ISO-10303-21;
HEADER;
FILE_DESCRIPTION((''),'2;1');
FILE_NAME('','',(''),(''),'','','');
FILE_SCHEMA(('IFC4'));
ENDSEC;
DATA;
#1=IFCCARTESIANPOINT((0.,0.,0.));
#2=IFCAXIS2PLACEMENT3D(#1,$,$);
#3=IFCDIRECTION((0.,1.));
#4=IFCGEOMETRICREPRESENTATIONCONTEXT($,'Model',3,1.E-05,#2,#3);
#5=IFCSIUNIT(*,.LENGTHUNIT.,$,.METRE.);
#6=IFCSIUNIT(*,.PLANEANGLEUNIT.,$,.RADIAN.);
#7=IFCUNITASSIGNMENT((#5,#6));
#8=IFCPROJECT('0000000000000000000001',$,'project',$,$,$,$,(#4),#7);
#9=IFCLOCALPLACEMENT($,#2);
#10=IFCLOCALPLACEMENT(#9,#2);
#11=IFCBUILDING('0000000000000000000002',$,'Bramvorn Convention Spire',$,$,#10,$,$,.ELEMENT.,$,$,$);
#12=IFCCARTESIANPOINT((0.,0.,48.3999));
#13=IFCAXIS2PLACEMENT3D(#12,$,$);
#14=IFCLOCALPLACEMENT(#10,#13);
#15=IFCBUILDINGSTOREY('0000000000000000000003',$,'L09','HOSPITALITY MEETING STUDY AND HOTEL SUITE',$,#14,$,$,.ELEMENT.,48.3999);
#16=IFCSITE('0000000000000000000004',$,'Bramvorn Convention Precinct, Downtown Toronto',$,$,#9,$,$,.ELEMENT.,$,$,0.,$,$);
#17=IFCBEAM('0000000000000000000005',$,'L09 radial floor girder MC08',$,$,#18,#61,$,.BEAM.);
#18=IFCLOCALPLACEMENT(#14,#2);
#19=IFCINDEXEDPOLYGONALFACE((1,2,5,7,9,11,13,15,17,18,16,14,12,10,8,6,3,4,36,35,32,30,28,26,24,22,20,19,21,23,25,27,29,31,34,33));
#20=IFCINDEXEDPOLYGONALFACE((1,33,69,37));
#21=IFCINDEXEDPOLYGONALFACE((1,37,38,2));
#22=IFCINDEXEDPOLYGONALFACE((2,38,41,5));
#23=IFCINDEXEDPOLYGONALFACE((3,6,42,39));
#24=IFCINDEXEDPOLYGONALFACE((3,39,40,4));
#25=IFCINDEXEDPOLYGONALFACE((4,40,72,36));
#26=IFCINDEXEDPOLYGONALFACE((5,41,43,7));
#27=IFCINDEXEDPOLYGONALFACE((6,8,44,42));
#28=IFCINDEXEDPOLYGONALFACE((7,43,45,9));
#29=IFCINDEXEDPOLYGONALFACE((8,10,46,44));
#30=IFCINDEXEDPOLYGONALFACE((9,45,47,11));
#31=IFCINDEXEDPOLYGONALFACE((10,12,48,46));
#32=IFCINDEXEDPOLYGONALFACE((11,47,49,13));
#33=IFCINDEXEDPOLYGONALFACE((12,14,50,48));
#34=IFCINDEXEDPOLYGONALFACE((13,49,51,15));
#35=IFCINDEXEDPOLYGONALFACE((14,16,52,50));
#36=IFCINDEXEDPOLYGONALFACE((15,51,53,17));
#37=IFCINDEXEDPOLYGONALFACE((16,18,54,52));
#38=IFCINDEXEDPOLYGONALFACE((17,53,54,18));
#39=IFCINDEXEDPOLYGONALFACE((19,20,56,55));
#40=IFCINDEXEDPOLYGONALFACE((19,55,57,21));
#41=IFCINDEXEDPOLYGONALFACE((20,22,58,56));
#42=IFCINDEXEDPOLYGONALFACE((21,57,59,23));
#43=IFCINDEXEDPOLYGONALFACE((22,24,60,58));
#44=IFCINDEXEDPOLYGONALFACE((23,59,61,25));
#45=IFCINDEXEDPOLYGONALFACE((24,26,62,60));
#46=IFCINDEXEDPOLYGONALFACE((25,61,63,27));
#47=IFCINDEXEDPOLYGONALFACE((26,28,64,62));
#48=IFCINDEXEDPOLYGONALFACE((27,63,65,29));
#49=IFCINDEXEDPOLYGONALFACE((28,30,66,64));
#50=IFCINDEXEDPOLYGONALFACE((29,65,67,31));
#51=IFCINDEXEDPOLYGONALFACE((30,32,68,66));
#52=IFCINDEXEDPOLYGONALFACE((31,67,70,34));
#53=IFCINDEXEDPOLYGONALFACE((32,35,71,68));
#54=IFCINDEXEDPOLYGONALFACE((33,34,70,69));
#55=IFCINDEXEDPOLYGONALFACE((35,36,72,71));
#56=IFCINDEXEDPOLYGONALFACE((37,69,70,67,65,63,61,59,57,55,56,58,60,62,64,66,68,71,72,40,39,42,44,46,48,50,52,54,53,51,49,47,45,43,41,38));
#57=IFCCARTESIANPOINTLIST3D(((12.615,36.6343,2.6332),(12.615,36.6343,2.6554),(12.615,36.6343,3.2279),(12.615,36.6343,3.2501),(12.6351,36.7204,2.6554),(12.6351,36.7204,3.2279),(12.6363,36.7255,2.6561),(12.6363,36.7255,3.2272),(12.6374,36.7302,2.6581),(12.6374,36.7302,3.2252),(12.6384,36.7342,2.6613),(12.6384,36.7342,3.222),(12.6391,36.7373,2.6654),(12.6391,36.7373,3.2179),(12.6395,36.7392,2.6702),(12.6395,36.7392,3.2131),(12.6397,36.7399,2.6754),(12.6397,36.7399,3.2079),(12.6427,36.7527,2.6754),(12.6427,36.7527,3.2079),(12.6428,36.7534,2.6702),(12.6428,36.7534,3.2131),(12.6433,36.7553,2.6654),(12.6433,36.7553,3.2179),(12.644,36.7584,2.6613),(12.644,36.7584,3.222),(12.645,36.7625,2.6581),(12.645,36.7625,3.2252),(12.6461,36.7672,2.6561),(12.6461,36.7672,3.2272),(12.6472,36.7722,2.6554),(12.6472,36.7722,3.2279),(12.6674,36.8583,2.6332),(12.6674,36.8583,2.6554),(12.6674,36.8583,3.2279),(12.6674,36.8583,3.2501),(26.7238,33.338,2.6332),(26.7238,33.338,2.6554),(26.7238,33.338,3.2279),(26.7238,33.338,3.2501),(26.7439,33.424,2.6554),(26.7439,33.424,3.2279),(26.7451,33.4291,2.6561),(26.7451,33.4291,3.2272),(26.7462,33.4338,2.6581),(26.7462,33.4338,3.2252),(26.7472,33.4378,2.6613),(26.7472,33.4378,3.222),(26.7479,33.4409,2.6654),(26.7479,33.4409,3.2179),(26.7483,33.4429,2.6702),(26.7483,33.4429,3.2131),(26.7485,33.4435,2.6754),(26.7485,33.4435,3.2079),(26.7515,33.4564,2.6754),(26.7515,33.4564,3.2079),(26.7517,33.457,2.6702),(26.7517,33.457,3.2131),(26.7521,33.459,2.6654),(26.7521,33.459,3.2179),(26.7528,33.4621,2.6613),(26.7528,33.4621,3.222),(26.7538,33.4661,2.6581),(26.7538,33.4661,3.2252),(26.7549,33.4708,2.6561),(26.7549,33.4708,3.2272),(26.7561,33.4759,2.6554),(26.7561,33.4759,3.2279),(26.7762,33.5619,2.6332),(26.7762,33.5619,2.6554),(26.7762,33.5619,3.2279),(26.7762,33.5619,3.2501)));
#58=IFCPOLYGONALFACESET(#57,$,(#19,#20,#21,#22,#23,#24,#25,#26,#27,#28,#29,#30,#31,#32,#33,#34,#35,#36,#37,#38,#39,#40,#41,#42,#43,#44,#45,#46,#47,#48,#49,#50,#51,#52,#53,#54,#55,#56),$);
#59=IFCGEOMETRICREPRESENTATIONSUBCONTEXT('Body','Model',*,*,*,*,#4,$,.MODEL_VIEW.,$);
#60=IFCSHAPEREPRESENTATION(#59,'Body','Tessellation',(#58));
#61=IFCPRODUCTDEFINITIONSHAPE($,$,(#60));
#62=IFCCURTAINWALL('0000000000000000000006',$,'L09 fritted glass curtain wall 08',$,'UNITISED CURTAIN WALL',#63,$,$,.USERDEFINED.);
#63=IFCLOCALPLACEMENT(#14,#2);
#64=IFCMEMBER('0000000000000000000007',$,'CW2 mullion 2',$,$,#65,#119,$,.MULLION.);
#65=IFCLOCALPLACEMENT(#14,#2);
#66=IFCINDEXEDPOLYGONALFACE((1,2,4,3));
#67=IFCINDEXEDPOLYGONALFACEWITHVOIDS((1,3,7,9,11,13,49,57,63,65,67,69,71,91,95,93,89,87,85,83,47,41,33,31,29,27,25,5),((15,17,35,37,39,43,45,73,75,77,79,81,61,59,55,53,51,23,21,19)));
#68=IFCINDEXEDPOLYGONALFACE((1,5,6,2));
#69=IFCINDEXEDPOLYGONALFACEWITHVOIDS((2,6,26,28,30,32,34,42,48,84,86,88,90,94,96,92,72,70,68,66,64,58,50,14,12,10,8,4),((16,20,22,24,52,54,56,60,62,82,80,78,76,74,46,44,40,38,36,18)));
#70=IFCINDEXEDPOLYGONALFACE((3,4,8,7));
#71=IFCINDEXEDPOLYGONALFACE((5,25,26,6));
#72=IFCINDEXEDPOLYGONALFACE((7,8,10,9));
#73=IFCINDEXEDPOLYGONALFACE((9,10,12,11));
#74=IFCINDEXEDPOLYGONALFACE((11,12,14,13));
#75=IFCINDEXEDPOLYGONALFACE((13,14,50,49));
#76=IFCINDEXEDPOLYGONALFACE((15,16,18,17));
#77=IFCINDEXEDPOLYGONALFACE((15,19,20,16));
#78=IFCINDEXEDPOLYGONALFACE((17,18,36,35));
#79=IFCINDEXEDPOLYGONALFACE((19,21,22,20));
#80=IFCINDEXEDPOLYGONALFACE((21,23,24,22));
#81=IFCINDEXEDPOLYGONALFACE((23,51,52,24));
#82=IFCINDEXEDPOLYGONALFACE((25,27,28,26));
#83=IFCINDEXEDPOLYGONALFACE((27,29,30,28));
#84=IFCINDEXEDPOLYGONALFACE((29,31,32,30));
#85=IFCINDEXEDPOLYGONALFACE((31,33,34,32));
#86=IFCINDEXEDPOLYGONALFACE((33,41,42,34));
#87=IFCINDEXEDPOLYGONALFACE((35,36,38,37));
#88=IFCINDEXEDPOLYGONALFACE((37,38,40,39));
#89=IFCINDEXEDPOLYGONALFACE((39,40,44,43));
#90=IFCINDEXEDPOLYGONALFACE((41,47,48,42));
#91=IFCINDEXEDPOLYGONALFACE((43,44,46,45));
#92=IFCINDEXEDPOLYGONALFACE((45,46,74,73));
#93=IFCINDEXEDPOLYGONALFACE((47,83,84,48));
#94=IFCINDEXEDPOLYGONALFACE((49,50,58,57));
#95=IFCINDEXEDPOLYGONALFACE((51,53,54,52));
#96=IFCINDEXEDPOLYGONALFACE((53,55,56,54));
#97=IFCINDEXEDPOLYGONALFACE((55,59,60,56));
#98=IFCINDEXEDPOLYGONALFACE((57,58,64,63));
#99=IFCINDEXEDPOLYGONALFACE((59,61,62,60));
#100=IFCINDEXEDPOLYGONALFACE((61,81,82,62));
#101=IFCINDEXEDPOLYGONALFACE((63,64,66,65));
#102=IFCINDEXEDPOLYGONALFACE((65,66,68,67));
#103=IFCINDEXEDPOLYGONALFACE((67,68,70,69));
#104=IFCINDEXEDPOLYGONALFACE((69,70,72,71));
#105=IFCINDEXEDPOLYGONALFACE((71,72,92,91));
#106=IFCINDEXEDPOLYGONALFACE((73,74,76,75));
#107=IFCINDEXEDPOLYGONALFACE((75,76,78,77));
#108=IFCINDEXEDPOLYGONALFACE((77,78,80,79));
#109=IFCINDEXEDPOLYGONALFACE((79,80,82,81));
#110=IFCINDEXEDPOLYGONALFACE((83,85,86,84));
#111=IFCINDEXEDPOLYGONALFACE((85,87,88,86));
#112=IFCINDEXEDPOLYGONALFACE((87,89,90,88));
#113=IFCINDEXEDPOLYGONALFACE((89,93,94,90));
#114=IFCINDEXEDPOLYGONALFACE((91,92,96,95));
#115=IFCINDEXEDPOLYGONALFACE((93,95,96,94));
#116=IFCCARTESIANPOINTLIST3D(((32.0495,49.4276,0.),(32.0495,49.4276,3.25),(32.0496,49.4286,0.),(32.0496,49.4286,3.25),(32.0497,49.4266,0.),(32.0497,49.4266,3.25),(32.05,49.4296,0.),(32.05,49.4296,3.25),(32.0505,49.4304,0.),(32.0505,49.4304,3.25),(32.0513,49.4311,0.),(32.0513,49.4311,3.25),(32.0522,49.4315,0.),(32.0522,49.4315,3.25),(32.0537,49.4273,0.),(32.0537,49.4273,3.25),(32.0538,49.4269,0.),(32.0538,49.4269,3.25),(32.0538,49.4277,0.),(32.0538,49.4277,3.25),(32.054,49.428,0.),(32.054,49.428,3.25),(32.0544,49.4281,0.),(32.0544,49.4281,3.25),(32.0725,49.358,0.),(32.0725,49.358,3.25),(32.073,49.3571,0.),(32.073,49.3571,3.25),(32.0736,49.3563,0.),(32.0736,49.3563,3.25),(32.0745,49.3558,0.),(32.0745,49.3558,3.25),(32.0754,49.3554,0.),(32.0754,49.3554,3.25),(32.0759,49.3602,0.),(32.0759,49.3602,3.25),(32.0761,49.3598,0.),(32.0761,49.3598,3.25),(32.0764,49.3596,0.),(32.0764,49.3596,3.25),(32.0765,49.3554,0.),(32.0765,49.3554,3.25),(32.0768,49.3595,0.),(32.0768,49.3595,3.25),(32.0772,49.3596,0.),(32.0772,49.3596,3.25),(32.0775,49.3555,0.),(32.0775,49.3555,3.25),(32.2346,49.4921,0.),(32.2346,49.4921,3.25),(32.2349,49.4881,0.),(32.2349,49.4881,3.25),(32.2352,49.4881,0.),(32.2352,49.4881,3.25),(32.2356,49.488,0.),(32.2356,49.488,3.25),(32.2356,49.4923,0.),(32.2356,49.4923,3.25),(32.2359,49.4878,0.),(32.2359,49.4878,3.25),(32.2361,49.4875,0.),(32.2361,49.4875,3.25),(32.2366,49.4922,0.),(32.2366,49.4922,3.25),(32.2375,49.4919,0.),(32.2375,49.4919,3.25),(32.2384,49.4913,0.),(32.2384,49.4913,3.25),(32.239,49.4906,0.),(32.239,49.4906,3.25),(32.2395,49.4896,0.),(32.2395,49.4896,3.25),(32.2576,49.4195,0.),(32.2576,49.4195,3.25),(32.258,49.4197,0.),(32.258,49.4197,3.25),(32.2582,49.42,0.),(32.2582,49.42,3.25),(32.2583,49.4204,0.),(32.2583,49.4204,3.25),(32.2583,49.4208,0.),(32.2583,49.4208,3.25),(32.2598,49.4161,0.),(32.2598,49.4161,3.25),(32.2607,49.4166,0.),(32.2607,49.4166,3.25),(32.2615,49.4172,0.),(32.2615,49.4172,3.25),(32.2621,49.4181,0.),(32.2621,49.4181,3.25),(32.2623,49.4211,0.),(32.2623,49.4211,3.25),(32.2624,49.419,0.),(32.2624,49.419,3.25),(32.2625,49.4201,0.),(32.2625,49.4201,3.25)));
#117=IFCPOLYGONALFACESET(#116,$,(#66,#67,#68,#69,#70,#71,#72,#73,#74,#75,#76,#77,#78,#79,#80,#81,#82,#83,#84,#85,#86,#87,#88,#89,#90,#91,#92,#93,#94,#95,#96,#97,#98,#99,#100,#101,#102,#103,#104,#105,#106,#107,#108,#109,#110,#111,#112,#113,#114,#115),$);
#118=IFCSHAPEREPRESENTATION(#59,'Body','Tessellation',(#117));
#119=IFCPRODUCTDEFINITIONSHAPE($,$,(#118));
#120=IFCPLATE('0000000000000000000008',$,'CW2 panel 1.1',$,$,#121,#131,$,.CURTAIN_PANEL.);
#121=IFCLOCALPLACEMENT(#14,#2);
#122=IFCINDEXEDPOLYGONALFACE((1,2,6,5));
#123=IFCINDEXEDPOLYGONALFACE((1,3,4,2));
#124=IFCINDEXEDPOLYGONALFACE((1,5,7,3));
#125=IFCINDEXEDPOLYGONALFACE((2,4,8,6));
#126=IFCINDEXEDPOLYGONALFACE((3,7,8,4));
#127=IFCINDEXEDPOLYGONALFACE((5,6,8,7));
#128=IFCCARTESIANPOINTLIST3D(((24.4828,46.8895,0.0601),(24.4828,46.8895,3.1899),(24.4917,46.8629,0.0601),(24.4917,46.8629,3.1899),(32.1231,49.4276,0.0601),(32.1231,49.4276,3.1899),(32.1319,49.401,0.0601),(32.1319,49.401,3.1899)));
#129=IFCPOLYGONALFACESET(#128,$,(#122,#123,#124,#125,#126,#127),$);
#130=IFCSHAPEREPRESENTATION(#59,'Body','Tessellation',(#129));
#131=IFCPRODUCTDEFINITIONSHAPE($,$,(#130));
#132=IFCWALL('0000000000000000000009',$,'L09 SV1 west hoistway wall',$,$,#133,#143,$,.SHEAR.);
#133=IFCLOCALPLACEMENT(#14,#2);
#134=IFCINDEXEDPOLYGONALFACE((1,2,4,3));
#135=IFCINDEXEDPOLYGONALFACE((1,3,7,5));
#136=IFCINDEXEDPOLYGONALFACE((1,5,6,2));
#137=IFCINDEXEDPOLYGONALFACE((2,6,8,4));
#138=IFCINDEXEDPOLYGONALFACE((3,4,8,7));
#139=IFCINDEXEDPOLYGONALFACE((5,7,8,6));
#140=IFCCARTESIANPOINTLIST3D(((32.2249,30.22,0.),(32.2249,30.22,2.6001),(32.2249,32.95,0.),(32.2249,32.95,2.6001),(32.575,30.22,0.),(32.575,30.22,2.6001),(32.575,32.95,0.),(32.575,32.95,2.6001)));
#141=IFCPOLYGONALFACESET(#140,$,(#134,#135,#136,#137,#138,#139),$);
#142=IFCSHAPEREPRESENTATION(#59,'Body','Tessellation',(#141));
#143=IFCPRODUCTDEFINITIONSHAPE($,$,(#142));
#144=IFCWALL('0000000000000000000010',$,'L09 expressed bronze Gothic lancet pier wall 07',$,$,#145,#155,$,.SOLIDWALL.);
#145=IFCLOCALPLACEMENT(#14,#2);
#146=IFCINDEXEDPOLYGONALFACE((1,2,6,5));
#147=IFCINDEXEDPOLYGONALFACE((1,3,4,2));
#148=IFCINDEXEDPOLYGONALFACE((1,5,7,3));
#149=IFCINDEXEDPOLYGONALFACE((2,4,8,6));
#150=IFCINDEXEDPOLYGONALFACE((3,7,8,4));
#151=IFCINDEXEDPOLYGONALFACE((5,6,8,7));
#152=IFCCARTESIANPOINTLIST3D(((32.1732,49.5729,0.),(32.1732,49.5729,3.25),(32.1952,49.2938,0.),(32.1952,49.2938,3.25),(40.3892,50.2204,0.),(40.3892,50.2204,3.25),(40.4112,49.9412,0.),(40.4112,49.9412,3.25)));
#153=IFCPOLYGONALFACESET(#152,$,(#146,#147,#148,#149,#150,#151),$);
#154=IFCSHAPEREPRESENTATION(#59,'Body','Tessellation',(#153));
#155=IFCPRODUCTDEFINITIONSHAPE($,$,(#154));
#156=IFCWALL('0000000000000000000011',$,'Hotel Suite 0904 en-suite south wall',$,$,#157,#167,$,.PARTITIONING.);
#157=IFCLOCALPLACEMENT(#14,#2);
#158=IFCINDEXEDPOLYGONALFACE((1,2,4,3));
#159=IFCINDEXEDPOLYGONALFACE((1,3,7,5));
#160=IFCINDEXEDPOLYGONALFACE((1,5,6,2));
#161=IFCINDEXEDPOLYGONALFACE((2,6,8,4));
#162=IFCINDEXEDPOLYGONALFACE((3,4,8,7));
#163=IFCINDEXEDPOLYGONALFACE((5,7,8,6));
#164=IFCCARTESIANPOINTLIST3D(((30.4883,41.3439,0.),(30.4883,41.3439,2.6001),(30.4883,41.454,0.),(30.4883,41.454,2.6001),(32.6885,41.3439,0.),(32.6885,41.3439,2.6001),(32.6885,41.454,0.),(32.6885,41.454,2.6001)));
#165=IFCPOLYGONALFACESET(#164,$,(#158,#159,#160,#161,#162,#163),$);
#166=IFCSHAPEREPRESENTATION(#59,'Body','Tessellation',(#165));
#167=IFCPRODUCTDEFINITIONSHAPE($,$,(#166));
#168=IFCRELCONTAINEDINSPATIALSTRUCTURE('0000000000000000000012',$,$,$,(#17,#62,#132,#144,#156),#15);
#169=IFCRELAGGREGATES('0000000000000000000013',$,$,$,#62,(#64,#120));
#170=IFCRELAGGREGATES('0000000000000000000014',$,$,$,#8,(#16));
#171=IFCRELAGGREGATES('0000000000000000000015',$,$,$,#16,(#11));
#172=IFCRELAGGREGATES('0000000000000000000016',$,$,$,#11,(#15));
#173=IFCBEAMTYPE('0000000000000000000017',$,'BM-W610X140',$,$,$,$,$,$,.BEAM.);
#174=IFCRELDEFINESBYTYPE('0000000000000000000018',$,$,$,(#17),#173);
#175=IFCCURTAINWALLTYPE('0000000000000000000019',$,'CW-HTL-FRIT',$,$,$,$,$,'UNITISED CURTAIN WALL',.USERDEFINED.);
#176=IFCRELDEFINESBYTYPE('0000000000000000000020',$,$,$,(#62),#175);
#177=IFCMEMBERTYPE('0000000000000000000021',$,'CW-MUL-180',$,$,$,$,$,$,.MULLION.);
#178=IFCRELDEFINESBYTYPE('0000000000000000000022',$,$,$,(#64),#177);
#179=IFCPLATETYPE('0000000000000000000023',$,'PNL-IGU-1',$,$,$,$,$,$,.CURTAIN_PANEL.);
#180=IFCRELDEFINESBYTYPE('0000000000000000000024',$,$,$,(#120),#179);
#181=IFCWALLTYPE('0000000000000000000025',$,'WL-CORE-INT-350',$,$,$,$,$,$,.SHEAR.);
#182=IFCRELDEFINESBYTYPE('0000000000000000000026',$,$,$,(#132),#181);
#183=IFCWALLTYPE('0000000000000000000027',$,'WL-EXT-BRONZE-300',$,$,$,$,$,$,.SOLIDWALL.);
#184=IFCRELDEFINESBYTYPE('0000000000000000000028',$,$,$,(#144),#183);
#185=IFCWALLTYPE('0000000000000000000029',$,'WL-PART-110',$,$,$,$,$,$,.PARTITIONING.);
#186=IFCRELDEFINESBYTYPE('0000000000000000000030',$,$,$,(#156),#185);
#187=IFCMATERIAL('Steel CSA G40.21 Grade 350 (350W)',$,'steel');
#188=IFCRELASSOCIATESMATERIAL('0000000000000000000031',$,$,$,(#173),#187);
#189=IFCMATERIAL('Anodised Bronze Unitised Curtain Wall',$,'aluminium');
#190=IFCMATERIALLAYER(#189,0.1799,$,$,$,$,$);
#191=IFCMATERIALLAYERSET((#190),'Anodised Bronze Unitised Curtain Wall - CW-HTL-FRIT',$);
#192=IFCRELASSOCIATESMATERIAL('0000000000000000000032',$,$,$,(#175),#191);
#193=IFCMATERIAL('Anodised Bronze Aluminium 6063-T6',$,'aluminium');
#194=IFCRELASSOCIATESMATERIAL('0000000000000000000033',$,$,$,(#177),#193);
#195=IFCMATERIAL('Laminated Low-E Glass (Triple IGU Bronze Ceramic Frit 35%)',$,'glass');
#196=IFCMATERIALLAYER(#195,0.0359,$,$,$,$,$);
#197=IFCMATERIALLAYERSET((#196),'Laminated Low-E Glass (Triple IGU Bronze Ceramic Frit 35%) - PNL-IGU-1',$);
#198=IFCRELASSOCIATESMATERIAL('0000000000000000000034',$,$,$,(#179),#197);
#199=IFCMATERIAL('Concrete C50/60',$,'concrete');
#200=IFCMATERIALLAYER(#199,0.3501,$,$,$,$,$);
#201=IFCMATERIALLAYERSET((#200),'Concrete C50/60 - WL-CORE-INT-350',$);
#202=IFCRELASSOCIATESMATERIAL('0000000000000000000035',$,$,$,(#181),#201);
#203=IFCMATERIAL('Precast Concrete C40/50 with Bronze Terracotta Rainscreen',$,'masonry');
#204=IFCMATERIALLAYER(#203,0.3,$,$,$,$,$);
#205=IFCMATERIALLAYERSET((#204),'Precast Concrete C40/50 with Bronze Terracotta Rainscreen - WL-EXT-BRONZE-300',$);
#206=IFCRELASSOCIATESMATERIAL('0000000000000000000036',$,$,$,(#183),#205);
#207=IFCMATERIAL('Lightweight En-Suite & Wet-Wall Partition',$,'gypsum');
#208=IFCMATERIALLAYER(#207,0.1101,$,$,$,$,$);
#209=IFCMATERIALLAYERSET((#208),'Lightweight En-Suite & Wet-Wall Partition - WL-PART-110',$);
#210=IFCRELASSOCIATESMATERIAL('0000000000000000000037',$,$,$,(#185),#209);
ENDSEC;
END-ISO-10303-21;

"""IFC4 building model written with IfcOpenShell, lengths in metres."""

from ifc_helpers import new_model, si_unit, direction, frame, frame_2d, origin, origin_2d, place, context, subcontext, project, spatial, rectangle, hollow_rectangle, i_section, extrude, material, layer, layer_set, material_profile, profile_set, type_object, element, aggregate, save


model = new_model("IFC4")

# Units and contexts
model_context = context("Model", 3, precision=1e-05, world=origin(), true_north=direction((0.0, 1.0)))
body_context = subcontext(model_context, "Body", "Model", "MODEL_VIEW")
ifc_project = project(units=[si_unit("LENGTHUNIT", "METRE"), si_unit("PLANEANGLEUNIT", "RADIAN")], contexts=[model_context])

# Site, building, storey
site_placement = place(None, origin())
site = spatial("IfcSite", under=ifc_project, at=site_placement, Name="Bramvorn Convention Precinct, Downtown Toronto", CompositionType="ELEMENT", RefElevation=0.0)
building_placement = place(site_placement, origin())
building = spatial("IfcBuilding", under=site, at=building_placement, Name="Bramvorn Convention Spire", CompositionType="ELEMENT")
storey_placement = place(building_placement, frame((0.0, 0.0, 48.3999)))
storey = spatial("IfcBuildingStorey", under=building, at=storey_placement, Name="L09", Description="HOSPITALITY MEETING STUDY AND HOTEL SUITE", CompositionType="ELEMENT", Elevation=48.3999)

# Shared definitions
ifc_material_1 = material(Name="Steel CSA G40.21 Grade 350 (350W)", Category="steel")

# Beam
ifc_material_profile_1 = material_profile(ifc_material_1, i_section(OverallWidth=0.23, OverallDepth=0.6169, WebThickness=0.0132, FlangeThickness=0.0222, FilletRadius=0.02, at=origin_2d()))
ifc_profile_set_1 = profile_set([ifc_material_profile_1], Name="Steel CSA G40.21 Grade 350 (350W) - W610X140")
beam_type_1 = type_object("IfcBeamType", Name="BM-W610X140", PredefinedType="BEAM", material=ifc_profile_set_1)
beam_1_placement = place(storey_placement, frame((26.75, 33.45, 2.9417), z_axis=(-0.973775, 0.227512, 0.0), x_axis=(-0.227512, -0.973775, 0.0)))
element("IfcBeam", 1, at=beam_1_placement, inside=storey, type_object=beam_type_1, Name="L09 radial floor girder MC08", PredefinedType="BEAM", context=body_context, shape_type="SweptSolid", body=[
    extrude(i_section(OverallWidth=0.23, OverallDepth=0.6169, WebThickness=0.0132, FlangeThickness=0.0222, FilletRadius=0.02, at=origin_2d()), origin(), (0.0, 0.0, 1.0), 14.4888),
])

# Curtain wall, member, plate
ifc_material_2 = material(Name="Anodised Bronze Unitised Curtain Wall", Category="aluminium")
ifc_layer_1 = layer(ifc_material_2, 0.1799)
ifc_layer_set_1 = layer_set([ifc_layer_1], Name="Anodised Bronze Unitised Curtain Wall - CW-HTL-FRIT")
curtain_wall_type = type_object("IfcCurtainWallType", Name="CW-HTL-FRIT", ElementType="UNITISED CURTAIN WALL", PredefinedType="USERDEFINED", material=ifc_layer_set_1)
curtain_wall_placement = place(storey_placement, origin())
curtain_wall = element("IfcCurtainWall", 2, at=curtain_wall_placement, inside=storey, type_object=curtain_wall_type, Name="L09 fritted glass curtain wall 08", ObjectType="UNITISED CURTAIN WALL", PredefinedType="USERDEFINED")
ifc_material_3 = material(Name="Anodised Bronze Aluminium 6063-T6", Category="aluminium")
ifc_material_profile_2 = material_profile(ifc_material_3, hollow_rectangle(XDim=0.0801, YDim=0.2, WallThickness=0.0039, InnerFilletRadius=0.001, OuterFilletRadius=0.0039, at=origin_2d()))
ifc_profile_set_2 = profile_set([ifc_material_profile_2], Name="Anodised Bronze Aluminium 6063-T6 - CWM80X200")
member_type = type_object("IfcMemberType", Name="CW-MUL-180", PredefinedType="MULLION", material=ifc_profile_set_2)
member_placement = place(storey_placement, frame((32.156, 49.4238, 0.0), z_axis=(0.0, 0.0, 1.0), x_axis=(-0.315258, 0.949006, 0.0)))
member = element("IfcMember", 3, at=member_placement, type_object=member_type, Name="CW2 mullion 2", PredefinedType="MULLION", context=body_context, shape_type="SweptSolid", body=[
    extrude(hollow_rectangle(XDim=0.0801, YDim=0.2, WallThickness=0.0039, InnerFilletRadius=0.001, OuterFilletRadius=0.0039, at=origin_2d()), origin(), (0.0, 0.0, 1.0), 3.25),
])
ifc_material_4 = material(Name="Laminated Low-E Glass (Triple IGU Bronze Ceramic Frit 35%)", Category="glass")
ifc_layer_2 = layer(ifc_material_4, 0.0359)
ifc_layer_set_2 = layer_set([ifc_layer_2], Name="Laminated Low-E Glass (Triple IGU Bronze Ceramic Frit 35%) - PNL-IGU-1")
plate_type = type_object("IfcPlateType", Name="PNL-IGU-1", PredefinedType="CURTAIN_PANEL", material=ifc_layer_set_2)
plate_placement = place(storey_placement, frame((28.3074, 48.1453, 0.0601), z_axis=(0.0, 0.0, 1.0), x_axis=(0.949006, 0.315258, 0.0)))
plate = element("IfcPlate", 4, at=plate_placement, type_object=plate_type, Name="CW2 panel 1.1", PredefinedType="CURTAIN_PANEL", context=body_context, shape_type="SweptSolid", body=[
    extrude(rectangle(XDim=8.0508, YDim=0.0281, at=origin_2d()), origin(), (0.0, 0.0, 1.0), 3.1299),
])
aggregate(curtain_wall, [member, plate])

# Shared definitions
ifc_material_5 = material(Name="Concrete C50/60", Category="concrete")
ifc_layer_3 = layer(ifc_material_5, 0.3501)
ifc_layer_set_3 = layer_set([ifc_layer_3], Name="Concrete C50/60 - WL-CORE-INT-350")
wall_type_1 = type_object("IfcWallType", Name="WL-CORE-INT-350", PredefinedType="SHEAR", material=ifc_layer_set_3)

# Walls
wall_1_placement = place(storey_placement, frame((32.3999, 30.22, 0.0), z_axis=(0.0, 0.0, 1.0), x_axis=(0.0, 1.0, 0.0)))
element("IfcWall", 5, at=wall_1_placement, inside=storey, type_object=wall_type_1, Name="L09 SV1 west hoistway wall", PredefinedType="SHEAR", context=body_context, shape_type="SweptSolid", body=[
    extrude(rectangle(XDim=2.73, YDim=0.3501, at=frame_2d((1.365, 0.0))), origin(), (0.0, 0.0, 1.0), 2.6001),
])
ifc_material_6 = material(Name="Precast Concrete C40/50 with Bronze Terracotta Rainscreen", Category="masonry")
ifc_layer_4 = layer(ifc_material_6, 0.3)
ifc_layer_set_4 = layer_set([ifc_layer_4], Name="Precast Concrete C40/50 with Bronze Terracotta Rainscreen - WL-EXT-BRONZE-300")
wall_type_2 = type_object("IfcWallType", Name="WL-EXT-BRONZE-300", PredefinedType="SOLIDWALL", material=ifc_layer_set_4)
wall_2_placement = place(storey_placement, frame((32.1843, 49.4333, 0.0), z_axis=(0.0, 0.0, 1.0), x_axis=(0.996909, 0.078561, 0.0)))
element("IfcWall", 6, at=wall_2_placement, inside=storey, type_object=wall_type_2, Name="L09 expressed bronze Gothic lancet pier wall 07", PredefinedType="SOLIDWALL", context=body_context, shape_type="SweptSolid", body=[
    extrude(rectangle(XDim=8.2415, YDim=0.28, at=frame_2d((4.1206, 0.0))), origin(), (0.0, 0.0, 1.0), 3.25),
])
ifc_material_7 = material(Name="Lightweight En-Suite & Wet-Wall Partition", Category="gypsum")
ifc_layer_5 = layer(ifc_material_7, 0.1101)
ifc_layer_set_5 = layer_set([ifc_layer_5], Name="Lightweight En-Suite & Wet-Wall Partition - WL-PART-110")
wall_type_3 = type_object("IfcWallType", Name="WL-PART-110", PredefinedType="PARTITIONING", material=ifc_layer_set_5)
wall_3_placement = place(storey_placement, frame((30.4883, 41.3989, 0.0), z_axis=(0.0, 0.0, 1.0), x_axis=(1.0, 0.0, 0.0)))
element("IfcWall", 7, at=wall_3_placement, inside=storey, type_object=wall_type_3, Name="Hotel Suite 0904 en-suite south wall", PredefinedType="PARTITIONING", context=body_context, shape_type="SweptSolid", body=[
    extrude(rectangle(XDim=2.2002, YDim=0.1101, at=frame_2d((1.1001, 0.0))), origin(), (0.0, 0.0, 1.0), 2.6001),
])

save(model, "model.ifc")
